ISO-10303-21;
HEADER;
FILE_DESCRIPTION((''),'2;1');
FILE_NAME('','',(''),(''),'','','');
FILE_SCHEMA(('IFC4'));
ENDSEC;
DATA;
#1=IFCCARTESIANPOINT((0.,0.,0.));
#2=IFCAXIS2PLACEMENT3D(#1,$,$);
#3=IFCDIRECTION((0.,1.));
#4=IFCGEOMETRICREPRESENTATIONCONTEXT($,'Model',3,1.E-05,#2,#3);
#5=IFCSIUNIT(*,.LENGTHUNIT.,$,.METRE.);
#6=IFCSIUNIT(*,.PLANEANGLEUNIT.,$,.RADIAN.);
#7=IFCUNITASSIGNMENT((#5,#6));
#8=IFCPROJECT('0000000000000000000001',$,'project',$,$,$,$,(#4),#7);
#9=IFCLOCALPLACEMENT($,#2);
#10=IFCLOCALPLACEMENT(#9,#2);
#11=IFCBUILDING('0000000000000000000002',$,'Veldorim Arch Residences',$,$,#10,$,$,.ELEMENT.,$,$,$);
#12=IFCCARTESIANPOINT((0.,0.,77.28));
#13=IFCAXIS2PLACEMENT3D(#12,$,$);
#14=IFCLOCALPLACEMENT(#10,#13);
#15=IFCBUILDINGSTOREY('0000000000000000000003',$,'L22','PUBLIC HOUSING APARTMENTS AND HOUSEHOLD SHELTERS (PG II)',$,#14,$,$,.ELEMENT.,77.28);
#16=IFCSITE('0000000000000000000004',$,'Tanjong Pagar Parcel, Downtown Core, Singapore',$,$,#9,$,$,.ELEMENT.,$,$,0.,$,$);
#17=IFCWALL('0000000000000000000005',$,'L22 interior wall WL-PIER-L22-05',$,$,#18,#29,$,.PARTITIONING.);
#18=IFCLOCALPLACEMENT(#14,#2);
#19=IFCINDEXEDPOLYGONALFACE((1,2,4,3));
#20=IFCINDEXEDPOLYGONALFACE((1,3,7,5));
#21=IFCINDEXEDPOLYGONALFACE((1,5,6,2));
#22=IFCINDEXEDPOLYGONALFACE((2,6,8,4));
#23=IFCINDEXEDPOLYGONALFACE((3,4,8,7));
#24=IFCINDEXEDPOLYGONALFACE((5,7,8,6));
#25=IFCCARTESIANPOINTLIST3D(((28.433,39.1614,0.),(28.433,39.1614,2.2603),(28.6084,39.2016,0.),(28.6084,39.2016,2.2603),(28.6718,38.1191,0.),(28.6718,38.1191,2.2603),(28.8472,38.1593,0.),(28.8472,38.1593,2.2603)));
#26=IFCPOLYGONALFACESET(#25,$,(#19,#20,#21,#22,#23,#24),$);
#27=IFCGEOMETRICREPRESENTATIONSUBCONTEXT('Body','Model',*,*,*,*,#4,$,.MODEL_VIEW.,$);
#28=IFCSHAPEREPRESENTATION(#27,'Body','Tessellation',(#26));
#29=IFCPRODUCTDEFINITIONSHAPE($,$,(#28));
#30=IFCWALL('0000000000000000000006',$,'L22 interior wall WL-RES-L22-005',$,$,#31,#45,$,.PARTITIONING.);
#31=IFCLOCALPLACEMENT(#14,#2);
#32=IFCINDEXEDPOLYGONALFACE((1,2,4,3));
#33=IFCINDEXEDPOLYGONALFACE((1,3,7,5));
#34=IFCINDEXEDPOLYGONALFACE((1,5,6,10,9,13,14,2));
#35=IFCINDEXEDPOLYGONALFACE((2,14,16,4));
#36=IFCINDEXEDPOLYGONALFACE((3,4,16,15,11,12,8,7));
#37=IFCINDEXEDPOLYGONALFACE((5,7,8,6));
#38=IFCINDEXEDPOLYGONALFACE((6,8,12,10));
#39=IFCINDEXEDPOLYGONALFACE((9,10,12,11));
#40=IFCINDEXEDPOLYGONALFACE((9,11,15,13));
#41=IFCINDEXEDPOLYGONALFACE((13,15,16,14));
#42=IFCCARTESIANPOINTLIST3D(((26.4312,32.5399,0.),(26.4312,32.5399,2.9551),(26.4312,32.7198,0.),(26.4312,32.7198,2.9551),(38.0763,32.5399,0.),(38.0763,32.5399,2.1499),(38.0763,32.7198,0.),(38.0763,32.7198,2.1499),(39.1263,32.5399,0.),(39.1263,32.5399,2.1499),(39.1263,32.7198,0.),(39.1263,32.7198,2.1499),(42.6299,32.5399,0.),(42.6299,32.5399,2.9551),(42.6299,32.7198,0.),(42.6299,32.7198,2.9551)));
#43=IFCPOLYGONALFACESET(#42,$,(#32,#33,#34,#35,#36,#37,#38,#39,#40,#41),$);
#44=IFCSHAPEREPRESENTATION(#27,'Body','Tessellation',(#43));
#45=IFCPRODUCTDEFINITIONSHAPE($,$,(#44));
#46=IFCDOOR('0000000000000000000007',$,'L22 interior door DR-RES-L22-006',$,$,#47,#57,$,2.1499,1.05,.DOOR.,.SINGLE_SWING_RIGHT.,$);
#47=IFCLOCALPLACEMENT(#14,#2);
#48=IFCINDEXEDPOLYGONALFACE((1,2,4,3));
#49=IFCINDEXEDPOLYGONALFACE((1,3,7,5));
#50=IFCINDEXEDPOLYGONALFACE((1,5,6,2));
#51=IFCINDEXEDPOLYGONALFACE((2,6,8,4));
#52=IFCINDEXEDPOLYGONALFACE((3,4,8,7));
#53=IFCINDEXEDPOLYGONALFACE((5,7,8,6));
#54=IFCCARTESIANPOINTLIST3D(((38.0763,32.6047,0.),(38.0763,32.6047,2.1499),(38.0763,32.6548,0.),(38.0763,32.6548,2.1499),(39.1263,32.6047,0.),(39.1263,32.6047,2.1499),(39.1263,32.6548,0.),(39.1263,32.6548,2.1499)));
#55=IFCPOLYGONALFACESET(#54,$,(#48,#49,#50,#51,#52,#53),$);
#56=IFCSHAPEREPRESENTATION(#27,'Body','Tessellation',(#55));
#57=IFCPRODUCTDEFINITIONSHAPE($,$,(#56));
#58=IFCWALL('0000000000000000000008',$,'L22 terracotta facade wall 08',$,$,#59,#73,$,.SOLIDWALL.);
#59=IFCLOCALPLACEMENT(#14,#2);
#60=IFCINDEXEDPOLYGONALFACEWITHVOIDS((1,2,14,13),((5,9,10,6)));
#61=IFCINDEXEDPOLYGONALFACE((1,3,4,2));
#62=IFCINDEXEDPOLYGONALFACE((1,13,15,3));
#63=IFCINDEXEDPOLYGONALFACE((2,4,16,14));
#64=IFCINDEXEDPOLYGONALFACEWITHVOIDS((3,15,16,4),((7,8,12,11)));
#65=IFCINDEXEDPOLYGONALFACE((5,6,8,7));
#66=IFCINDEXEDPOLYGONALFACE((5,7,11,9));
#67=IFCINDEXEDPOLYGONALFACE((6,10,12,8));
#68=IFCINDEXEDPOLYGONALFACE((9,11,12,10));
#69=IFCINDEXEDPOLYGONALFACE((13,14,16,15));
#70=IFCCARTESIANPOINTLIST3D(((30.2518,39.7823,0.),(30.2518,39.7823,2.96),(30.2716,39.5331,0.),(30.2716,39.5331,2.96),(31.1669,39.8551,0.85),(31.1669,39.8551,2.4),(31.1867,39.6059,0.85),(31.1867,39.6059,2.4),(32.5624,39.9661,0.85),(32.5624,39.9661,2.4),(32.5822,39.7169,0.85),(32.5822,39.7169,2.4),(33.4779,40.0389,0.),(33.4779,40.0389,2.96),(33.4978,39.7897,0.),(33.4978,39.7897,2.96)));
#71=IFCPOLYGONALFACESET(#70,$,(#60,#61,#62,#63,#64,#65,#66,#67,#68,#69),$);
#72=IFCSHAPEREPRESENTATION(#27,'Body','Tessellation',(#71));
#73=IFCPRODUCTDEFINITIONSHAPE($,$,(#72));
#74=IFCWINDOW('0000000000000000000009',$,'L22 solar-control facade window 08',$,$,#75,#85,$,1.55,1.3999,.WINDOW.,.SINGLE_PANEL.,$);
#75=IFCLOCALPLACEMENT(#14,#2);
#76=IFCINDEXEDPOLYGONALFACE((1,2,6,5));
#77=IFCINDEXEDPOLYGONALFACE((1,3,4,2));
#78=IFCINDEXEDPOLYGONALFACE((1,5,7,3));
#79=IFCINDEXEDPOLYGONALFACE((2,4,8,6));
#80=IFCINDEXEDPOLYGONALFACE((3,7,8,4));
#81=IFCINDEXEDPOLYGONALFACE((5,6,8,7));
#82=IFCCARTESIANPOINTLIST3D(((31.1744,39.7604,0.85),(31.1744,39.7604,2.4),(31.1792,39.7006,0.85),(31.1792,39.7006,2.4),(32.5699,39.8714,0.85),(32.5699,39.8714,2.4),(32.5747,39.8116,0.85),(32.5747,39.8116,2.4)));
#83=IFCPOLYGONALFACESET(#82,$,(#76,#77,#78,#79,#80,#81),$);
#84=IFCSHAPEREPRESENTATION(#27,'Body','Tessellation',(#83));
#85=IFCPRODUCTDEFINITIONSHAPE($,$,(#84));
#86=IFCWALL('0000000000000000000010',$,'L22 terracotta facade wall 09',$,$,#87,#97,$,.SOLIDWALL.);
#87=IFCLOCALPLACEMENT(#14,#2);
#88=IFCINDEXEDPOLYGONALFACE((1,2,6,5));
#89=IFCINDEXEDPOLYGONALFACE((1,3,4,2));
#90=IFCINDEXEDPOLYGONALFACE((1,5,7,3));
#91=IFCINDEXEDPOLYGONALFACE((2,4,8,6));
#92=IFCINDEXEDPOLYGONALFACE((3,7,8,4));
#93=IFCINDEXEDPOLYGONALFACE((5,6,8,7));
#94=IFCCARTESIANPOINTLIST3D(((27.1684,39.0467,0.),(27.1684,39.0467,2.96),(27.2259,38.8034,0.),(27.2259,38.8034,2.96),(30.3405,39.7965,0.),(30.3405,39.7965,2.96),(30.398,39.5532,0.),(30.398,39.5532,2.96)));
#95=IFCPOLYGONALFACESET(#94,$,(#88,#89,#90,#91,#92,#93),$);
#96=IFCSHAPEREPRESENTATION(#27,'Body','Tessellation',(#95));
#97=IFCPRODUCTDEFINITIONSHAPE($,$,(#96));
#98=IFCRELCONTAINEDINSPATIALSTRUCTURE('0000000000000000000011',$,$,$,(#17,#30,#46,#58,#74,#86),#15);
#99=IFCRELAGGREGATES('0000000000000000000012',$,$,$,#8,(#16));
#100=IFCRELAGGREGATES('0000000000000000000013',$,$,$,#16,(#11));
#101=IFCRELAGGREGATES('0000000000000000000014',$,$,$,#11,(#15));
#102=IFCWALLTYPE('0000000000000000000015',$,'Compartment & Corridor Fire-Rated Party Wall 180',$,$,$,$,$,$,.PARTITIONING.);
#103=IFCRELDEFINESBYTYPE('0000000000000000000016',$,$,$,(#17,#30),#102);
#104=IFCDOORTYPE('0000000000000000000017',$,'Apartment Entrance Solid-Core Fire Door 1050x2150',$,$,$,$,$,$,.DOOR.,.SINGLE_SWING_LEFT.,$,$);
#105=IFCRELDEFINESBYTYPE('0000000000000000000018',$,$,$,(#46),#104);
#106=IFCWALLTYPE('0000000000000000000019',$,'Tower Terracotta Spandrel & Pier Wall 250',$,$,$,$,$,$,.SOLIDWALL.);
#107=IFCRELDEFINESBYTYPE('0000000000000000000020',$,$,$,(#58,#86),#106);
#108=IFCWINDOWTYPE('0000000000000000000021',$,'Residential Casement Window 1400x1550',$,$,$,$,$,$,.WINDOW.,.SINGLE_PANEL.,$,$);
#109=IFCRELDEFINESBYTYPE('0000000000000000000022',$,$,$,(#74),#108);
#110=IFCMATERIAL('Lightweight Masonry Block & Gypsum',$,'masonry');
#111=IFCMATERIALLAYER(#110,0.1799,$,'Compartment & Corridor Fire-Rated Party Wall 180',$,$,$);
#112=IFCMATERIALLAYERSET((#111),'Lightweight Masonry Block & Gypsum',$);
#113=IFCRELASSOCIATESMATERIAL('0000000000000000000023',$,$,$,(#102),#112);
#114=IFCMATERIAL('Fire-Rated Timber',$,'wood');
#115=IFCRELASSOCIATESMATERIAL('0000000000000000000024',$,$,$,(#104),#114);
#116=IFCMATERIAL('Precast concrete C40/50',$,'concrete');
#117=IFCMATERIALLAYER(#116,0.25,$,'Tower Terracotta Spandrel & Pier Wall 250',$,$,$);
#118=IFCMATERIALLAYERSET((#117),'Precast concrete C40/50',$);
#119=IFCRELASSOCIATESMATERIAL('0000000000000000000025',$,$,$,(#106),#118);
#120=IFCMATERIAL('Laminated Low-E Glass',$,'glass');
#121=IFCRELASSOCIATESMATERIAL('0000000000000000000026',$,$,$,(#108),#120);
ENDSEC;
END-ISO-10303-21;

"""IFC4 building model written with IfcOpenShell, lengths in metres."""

from ifc_helpers import new_model, si_unit, direction, frame, frame_2d, origin, place, context, subcontext, project, spatial, rectangle, extrude, material, layer, layer_set, type_object, element, fill, save


model = new_model("IFC4")

# Units and contexts
model_context = context("Model", 3, precision=1e-05, world=origin(), true_north=direction((0.0, 1.0)))
body_context = subcontext(model_context, "Body", "Model", "MODEL_VIEW")
ifc_project = project(units=[si_unit("LENGTHUNIT", "METRE"), si_unit("PLANEANGLEUNIT", "RADIAN")], contexts=[model_context])

# Site, building, storey
site_placement = place(None, origin())
site = spatial("IfcSite", under=ifc_project, at=site_placement, Name="Tanjong Pagar Parcel, Downtown Core, Singapore", CompositionType="ELEMENT", RefElevation=0.0)
building_placement = place(site_placement, origin())
building = spatial("IfcBuilding", under=site, at=building_placement, Name="Veldorim Arch Residences", CompositionType="ELEMENT")
storey_placement = place(building_placement, frame((0.0, 0.0, 77.28)))
storey = spatial("IfcBuildingStorey", under=building, at=storey_placement, Name="L22", Description="PUBLIC HOUSING APARTMENTS AND HOUSEHOLD SHELTERS (PG II)", CompositionType="ELEMENT", Elevation=77.28)

# Wall
ifc_material_1 = material(Name="Lightweight Masonry Block & Gypsum", Category="masonry")
ifc_layer_1 = layer(ifc_material_1, 0.1799, Name="Compartment & Corridor Fire-Rated Party Wall 180")
ifc_layer_set_1 = layer_set([ifc_layer_1], Name="Lightweight Masonry Block & Gypsum")
wall_type_1 = type_object("IfcWallType", Name="Compartment & Corridor Fire-Rated Party Wall 180", PredefinedType="PARTITIONING", material=ifc_layer_set_1)
wall_1_placement = place(storey_placement, frame((28.7595, 38.1392, 0.0), z_axis=(0.0, 0.0, 1.0), x_axis=(-0.223308, 0.974748, 0.0)))
element("IfcWall", 1, at=wall_1_placement, inside=storey, type_object=wall_type_1, Name="L22 interior wall WL-PIER-L22-05", PredefinedType="PARTITIONING", context=body_context, shape_type="SweptSolid", body=[
    extrude(rectangle(XDim=1.0693, YDim=0.1799, at=frame_2d((0.5347, 0.0))), origin(), (0.0, 0.0, 1.0), 2.2603),
])

# Wall, opening, door
wall_2_placement = place(storey_placement, frame((26.4312, 32.6299, 0.0), z_axis=(0.0, 0.0, 1.0), x_axis=(1.0, 0.0, 0.0)))
wall_2 = element("IfcWall", 2, at=wall_2_placement, inside=storey, type_object=wall_type_1, Name="L22 interior wall WL-RES-L22-005", PredefinedType="PARTITIONING", context=body_context, shape_type="SweptSolid", body=[
    extrude(rectangle(XDim=16.1987, YDim=0.1799, at=frame_2d((8.0994, 0.0))), origin(), (0.0, 0.0, 1.0), 2.9551),
])
opening_1_placement = place(wall_2_placement, frame((11.6453, 0.0, 0.0)))
opening_1 = element("IfcOpeningElement", 3, at=opening_1_placement, cuts=wall_2, PredefinedType="OPENING", context=body_context, shape_type="SweptSolid", body=[
    extrude(rectangle(XDim=1.05, YDim=2.1499, at=frame_2d((0.5249, 1.075))), frame((0.0, 0.0999, 0.0), z_axis=(0.0, -1.0, 0.0), x_axis=(1.0, 0.0, 0.0)), (0.0, 0.0, 1.0), 0.2),
])
ifc_material_2 = material(Name="Fire-Rated Timber", Category="wood")
door_type_1 = type_object("IfcDoorType", Name="Apartment Entrance Solid-Core Fire Door 1050x2150", OperationType="SINGLE_SWING_LEFT", PredefinedType="DOOR", material=ifc_material_2)
door_1_placement = place(opening_1_placement, origin())
door_1 = element("IfcDoor", 4, at=door_1_placement, inside=storey, type_object=door_type_1, Name="L22 interior door DR-RES-L22-006", OperationType="SINGLE_SWING_RIGHT", OverallHeight=2.1499, OverallWidth=1.05, PredefinedType="DOOR", context=body_context, shape_type="SweptSolid", body=[
    extrude(rectangle(XDim=1.05, YDim=2.1499, at=frame_2d((0.5249, 1.075))), frame((0.0, 0.0249, 0.0), z_axis=(0.0, -1.0, 0.0), x_axis=(1.0, 0.0, 0.0)), (0.0, 0.0, 1.0), 0.05),
])
fill(opening_1, door_1)

# Wall, opening, window
ifc_material_3 = material(Name="Precast concrete C40/50", Category="concrete")
ifc_layer_2 = layer(ifc_material_3, 0.25, Name="Tower Terracotta Spandrel & Pier Wall 250")
ifc_layer_set_2 = layer_set([ifc_layer_2], Name="Precast concrete C40/50")
wall_type_2 = type_object("IfcWallType", Name="Tower Terracotta Spandrel & Pier Wall 250", PredefinedType="SOLIDWALL", material=ifc_layer_set_2)
wall_3_placement = place(storey_placement, frame((30.2617, 39.6577, 0.0), z_axis=(0.0, 0.0, 1.0), x_axis=(0.996852, 0.079286, 0.0)))
wall_3 = element("IfcWall", 5, at=wall_3_placement, inside=storey, type_object=wall_type_2, Name="L22 terracotta facade wall 08", PredefinedType="SOLIDWALL", context=body_context, shape_type="SweptSolid", body=[
    extrude(rectangle(XDim=3.2363, YDim=0.25, at=frame_2d((1.6182, 0.0))), origin(), (0.0, 0.0, 1.0), 2.96),
])
opening_2_placement = place(wall_3_placement, frame((0.918, 0.0, 0.8501)))
opening_2 = element("IfcOpeningElement", 6, at=opening_2_placement, cuts=wall_3, PredefinedType="OPENING", context=body_context, shape_type="SweptSolid", body=[
    extrude(rectangle(XDim=1.3999, YDim=1.55, at=frame_2d((0.7, 0.7749))), frame((0.0, 0.135, 0.0), z_axis=(0.0, -1.0, 0.0), x_axis=(1.0, 0.0, 0.0)), (0.0, 0.0, 1.0), 0.27),
])
ifc_material_4 = material(Name="Laminated Low-E Glass", Category="glass")
window_type = type_object("IfcWindowType", Name="Residential Casement Window 1400x1550", PartitioningType="SINGLE_PANEL", PredefinedType="WINDOW", material=ifc_material_4)
window_placement = place(opening_2_placement, origin())
window = element("IfcWindow", 7, at=window_placement, inside=storey, type_object=window_type, Name="L22 solar-control facade window 08", OverallHeight=1.55, OverallWidth=1.3999, PartitioningType="SINGLE_PANEL", PredefinedType="WINDOW", context=body_context, shape_type="SweptSolid", body=[
    extrude(rectangle(XDim=1.3999, YDim=1.55, at=frame_2d((0.7, 0.7749))), frame((0.0, 0.03, 0.0), z_axis=(0.0, -1.0, 0.0), x_axis=(1.0, 0.0, 0.0)), (0.0, 0.0, 1.0), 0.0601),
])
fill(opening_2, window)

# Wall
wall_4_placement = place(storey_placement, frame((27.197, 38.925, 0.0), z_axis=(0.0, 0.0, 1.0), x_axis=(0.973186, 0.23002, 0.0)))
element("IfcWall", 8, at=wall_4_placement, inside=storey, type_object=wall_type_2, Name="L22 terracotta facade wall 09", PredefinedType="SOLIDWALL", context=body_context, shape_type="SweptSolid", body=[
    extrude(rectangle(XDim=3.2595, YDim=0.25, at=frame_2d((1.6299, 0.0))), origin(), (0.0, 0.0, 1.0), 2.96),
])

save(model, "model.ifc")
